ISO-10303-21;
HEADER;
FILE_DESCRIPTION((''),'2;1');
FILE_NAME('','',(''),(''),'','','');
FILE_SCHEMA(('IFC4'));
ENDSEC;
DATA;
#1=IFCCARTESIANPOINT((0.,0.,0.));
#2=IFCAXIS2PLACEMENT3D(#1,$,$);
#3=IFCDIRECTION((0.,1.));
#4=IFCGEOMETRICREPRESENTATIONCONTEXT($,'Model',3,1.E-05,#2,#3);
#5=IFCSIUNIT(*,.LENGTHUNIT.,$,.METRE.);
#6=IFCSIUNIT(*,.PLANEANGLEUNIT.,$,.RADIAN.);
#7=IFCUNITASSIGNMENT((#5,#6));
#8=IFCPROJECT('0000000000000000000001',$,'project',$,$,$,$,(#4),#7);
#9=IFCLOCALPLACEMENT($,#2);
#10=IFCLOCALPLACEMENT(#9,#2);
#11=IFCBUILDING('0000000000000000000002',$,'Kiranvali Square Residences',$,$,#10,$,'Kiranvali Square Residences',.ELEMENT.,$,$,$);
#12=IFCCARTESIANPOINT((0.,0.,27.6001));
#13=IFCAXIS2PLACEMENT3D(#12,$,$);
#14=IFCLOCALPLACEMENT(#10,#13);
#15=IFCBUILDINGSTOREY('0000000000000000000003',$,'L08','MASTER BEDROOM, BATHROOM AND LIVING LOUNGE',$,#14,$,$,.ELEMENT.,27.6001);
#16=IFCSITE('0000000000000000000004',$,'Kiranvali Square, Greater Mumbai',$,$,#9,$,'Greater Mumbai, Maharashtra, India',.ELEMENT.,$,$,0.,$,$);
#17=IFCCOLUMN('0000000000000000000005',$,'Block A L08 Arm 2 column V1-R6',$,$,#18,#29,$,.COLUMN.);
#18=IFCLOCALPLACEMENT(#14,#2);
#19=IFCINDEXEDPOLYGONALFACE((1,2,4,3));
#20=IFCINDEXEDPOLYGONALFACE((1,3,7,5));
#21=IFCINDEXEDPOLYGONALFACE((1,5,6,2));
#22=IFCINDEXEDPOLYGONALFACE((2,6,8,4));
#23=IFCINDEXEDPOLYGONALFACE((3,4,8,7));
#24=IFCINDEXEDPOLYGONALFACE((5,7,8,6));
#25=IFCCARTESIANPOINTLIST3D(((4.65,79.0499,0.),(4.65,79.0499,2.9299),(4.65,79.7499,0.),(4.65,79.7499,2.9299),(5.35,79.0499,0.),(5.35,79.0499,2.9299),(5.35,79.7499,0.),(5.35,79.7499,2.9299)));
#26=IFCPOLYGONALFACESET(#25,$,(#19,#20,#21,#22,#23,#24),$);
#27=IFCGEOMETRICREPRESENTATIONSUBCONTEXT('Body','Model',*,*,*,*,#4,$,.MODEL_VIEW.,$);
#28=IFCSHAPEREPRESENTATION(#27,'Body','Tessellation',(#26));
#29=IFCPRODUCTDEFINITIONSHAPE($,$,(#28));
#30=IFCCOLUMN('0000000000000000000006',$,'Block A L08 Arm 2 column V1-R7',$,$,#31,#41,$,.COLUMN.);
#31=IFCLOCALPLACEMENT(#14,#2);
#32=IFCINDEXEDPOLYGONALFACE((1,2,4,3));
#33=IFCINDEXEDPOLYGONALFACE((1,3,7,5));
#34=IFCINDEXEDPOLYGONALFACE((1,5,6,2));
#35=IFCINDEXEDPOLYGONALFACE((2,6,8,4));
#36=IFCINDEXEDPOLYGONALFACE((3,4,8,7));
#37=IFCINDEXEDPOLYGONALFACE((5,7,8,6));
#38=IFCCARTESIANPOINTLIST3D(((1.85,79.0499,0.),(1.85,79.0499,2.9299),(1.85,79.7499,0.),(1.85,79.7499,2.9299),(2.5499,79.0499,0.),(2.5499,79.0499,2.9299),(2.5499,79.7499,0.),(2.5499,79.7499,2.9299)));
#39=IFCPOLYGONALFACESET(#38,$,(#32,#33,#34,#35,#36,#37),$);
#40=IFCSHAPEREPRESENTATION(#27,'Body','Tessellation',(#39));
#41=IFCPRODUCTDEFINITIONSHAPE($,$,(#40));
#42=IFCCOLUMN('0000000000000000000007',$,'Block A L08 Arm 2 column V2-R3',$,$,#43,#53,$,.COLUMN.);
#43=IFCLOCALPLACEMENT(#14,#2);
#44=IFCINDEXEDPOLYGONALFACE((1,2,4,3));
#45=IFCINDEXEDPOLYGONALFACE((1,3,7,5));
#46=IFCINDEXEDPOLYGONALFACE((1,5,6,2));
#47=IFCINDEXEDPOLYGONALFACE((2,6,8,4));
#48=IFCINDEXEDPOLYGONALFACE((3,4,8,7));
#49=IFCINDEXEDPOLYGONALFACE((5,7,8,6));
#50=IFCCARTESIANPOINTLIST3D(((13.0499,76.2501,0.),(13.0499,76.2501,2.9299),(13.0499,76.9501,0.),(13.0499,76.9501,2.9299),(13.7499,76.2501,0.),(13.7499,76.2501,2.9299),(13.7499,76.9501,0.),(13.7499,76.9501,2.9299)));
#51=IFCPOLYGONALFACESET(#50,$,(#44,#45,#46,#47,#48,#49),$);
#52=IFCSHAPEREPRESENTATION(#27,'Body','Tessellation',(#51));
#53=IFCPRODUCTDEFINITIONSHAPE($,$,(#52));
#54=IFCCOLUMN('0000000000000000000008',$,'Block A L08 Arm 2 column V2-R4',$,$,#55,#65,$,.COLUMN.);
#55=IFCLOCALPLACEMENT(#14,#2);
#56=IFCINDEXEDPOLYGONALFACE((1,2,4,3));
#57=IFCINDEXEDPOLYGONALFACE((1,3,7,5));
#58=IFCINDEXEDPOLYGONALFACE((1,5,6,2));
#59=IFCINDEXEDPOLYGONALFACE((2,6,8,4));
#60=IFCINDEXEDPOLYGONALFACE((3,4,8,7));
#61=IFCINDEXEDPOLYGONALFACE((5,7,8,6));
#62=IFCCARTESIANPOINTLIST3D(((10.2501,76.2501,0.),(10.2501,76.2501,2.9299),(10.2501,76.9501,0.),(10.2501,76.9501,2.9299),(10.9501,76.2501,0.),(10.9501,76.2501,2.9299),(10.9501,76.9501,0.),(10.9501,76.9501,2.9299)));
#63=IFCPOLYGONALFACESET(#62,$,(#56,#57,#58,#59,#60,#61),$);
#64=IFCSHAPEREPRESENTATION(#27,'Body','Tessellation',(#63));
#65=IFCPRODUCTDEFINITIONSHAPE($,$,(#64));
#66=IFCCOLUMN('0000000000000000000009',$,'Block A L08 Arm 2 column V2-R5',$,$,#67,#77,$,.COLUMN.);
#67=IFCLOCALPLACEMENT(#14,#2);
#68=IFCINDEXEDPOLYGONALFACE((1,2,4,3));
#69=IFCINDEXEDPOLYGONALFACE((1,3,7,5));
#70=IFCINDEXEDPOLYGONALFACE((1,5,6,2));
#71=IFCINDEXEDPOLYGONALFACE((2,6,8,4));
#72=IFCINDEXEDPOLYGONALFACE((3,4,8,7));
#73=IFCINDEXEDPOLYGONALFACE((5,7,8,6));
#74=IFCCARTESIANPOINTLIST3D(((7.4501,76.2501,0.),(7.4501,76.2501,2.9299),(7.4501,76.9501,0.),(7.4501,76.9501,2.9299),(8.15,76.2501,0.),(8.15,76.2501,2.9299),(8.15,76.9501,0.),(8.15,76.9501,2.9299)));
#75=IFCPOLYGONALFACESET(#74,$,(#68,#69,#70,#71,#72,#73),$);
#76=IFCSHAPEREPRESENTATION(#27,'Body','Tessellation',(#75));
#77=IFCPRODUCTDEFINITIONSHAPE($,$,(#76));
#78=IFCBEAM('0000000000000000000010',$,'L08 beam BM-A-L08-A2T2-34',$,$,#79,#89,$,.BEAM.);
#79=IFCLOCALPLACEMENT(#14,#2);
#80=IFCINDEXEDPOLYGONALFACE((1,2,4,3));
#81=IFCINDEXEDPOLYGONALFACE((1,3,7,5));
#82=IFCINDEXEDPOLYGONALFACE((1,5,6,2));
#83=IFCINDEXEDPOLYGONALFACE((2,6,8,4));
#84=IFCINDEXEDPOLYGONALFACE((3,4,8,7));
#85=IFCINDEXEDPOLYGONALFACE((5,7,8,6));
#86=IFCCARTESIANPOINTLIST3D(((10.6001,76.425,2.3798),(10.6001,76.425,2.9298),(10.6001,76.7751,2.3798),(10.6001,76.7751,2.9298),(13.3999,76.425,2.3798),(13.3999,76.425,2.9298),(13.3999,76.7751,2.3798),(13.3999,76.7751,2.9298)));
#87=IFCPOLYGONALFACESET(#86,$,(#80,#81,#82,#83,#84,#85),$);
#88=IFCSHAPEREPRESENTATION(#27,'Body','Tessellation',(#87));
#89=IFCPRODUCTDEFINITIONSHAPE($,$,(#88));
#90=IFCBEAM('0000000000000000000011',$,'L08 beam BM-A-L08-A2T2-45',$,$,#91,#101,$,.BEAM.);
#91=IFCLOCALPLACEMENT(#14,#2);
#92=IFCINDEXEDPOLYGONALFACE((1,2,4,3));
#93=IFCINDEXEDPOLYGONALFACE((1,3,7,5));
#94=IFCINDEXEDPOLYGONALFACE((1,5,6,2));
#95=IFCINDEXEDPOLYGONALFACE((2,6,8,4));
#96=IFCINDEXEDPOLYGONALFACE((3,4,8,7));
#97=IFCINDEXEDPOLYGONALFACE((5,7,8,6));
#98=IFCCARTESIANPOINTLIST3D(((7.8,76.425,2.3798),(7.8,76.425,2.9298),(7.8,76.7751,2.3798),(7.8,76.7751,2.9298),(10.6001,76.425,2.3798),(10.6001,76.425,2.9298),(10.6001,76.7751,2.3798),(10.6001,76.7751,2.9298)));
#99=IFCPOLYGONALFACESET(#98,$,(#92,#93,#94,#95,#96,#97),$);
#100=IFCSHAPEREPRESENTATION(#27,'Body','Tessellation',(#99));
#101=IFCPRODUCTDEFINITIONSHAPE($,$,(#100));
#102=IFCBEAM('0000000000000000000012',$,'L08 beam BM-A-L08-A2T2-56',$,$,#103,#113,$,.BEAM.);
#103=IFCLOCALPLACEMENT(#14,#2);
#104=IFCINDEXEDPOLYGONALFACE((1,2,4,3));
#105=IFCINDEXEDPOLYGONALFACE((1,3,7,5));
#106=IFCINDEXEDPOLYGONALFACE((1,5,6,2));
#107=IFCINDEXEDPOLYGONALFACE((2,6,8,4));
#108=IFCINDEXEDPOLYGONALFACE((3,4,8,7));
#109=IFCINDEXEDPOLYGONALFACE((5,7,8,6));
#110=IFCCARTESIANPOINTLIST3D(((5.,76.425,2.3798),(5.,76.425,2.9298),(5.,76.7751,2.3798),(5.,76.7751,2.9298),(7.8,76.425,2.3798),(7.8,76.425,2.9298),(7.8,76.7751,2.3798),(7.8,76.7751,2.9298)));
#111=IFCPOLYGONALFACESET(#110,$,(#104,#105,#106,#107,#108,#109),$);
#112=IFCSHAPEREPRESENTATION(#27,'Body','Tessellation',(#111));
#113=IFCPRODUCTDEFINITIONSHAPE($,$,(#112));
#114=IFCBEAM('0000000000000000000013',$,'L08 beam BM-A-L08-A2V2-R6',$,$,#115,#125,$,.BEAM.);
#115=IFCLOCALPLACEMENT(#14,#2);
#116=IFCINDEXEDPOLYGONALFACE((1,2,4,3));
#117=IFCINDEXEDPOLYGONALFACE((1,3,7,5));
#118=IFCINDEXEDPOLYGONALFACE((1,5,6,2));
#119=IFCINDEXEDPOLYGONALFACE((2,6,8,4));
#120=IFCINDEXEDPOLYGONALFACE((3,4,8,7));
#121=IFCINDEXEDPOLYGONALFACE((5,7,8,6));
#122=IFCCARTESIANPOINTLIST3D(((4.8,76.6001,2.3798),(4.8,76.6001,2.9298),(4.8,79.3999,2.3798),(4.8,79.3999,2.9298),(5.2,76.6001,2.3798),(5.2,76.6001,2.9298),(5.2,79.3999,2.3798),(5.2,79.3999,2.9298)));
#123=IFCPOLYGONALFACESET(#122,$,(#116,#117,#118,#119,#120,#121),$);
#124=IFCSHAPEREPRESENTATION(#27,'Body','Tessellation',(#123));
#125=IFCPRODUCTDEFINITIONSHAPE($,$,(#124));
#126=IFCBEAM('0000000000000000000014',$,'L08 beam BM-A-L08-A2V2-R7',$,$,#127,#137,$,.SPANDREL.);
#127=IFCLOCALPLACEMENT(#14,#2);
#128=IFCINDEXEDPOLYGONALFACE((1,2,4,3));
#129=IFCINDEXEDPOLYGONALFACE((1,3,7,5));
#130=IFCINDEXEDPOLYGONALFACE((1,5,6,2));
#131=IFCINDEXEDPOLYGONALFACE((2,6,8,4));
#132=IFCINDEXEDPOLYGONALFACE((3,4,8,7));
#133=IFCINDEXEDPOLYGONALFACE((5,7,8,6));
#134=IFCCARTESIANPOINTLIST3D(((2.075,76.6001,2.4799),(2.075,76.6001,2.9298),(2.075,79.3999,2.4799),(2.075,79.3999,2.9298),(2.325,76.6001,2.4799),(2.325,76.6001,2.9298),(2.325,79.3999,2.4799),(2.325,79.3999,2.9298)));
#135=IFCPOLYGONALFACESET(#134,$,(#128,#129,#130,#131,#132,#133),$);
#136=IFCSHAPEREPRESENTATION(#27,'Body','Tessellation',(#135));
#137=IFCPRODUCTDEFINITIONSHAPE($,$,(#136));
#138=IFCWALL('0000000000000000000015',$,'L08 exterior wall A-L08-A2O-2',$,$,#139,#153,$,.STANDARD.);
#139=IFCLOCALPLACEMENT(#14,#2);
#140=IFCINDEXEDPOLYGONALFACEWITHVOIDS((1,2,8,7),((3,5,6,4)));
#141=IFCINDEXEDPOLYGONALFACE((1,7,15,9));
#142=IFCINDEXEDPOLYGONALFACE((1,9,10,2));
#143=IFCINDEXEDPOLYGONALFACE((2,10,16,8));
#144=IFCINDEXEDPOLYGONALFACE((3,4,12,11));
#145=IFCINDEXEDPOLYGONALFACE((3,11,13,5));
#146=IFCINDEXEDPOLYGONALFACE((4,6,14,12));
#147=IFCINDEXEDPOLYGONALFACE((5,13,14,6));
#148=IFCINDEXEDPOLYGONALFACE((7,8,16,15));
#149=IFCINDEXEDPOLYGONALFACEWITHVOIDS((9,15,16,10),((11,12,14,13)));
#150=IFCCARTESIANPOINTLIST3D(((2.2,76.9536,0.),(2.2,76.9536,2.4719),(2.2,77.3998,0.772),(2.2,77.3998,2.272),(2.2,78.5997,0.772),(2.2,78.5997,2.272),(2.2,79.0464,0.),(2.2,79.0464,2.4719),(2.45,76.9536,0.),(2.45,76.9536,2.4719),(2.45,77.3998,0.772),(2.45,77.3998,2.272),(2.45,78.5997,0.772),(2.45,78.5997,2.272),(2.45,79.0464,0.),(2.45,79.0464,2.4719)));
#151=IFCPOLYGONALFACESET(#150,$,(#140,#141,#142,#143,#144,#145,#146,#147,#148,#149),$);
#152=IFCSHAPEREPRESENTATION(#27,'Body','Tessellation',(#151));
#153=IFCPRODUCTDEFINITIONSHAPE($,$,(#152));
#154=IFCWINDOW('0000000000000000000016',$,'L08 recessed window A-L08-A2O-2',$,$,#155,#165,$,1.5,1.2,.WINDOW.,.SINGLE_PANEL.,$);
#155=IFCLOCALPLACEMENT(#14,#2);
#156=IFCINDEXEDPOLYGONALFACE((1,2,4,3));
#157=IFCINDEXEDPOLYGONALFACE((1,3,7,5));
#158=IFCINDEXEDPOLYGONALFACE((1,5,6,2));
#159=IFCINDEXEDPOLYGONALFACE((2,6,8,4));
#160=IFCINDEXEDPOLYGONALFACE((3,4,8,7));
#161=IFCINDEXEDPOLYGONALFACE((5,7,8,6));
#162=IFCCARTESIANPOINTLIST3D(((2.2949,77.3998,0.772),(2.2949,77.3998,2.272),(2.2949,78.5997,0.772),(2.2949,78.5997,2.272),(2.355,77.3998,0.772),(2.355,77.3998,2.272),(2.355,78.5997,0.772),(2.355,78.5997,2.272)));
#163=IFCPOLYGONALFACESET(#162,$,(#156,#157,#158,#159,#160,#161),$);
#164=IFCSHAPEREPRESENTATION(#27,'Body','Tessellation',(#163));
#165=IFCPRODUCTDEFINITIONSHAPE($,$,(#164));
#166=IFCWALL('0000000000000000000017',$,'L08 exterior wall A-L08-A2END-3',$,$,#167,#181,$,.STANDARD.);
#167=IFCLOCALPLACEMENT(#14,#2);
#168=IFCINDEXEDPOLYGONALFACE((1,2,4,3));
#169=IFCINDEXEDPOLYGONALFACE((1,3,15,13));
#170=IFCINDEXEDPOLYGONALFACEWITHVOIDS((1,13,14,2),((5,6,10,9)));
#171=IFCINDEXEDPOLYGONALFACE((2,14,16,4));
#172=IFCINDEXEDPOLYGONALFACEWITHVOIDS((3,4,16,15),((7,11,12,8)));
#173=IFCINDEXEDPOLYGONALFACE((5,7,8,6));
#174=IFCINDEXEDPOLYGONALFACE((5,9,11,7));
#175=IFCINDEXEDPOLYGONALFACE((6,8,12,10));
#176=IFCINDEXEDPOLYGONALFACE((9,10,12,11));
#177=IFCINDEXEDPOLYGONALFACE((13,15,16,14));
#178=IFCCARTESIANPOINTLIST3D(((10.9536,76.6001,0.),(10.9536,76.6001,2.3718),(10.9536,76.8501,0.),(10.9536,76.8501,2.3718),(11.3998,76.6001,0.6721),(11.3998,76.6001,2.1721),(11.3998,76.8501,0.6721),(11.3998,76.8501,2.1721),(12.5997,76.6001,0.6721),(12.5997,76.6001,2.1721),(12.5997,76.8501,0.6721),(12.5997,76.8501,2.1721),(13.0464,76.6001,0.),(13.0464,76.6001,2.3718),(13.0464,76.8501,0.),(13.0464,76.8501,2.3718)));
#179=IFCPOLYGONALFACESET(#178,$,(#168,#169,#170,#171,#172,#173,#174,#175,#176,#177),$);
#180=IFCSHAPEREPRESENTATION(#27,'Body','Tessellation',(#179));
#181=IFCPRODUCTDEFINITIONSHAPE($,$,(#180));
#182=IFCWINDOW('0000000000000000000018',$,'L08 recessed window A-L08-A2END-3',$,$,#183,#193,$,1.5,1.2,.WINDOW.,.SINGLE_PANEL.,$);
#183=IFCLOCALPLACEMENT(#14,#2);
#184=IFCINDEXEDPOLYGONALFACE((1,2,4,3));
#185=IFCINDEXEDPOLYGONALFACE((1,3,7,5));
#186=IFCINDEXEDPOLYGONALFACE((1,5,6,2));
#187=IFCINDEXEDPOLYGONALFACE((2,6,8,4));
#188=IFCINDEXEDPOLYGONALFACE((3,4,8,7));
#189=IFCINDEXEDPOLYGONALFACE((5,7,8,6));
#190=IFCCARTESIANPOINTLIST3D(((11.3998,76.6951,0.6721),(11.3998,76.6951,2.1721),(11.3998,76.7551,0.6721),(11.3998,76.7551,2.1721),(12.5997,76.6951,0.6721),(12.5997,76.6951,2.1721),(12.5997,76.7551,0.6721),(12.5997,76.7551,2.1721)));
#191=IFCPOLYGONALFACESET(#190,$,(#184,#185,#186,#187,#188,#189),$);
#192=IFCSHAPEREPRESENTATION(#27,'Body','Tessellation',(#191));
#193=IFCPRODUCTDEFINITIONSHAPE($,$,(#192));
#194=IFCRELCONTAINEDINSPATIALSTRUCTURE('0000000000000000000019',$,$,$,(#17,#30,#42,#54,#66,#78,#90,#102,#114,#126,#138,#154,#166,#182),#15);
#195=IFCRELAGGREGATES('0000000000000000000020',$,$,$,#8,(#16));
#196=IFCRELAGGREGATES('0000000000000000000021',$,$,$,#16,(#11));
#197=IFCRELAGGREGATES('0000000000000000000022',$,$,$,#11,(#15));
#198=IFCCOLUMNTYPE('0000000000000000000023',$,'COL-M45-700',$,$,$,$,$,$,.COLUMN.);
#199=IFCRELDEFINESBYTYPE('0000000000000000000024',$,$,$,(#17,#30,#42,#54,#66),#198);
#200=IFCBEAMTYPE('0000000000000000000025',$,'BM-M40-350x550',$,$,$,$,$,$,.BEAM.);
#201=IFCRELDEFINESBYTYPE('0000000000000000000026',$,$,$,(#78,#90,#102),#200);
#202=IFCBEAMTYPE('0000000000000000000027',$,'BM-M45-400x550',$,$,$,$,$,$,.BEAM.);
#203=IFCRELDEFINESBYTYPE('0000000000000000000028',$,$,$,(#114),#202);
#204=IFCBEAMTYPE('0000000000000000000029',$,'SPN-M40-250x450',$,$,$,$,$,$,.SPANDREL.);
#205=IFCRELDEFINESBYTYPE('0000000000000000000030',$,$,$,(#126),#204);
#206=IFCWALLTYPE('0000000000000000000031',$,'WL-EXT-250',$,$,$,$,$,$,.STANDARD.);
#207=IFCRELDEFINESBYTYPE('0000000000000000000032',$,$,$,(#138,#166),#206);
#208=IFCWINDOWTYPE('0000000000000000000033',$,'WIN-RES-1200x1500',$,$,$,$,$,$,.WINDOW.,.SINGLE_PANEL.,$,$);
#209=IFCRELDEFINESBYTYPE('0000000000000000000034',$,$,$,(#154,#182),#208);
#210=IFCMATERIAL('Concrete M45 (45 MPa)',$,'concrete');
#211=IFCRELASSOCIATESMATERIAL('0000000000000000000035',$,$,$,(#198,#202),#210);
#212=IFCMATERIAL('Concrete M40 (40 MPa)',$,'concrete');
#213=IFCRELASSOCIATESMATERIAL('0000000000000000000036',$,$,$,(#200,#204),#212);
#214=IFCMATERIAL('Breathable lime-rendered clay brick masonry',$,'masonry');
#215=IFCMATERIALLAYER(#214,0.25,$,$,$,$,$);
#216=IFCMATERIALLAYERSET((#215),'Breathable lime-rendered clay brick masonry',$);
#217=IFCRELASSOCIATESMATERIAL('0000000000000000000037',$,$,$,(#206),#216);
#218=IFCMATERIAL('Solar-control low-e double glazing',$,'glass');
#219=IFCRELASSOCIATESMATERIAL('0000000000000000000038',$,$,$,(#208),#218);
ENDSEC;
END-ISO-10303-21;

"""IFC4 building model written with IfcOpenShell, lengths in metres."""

from ifc_helpers import new_model, si_unit, direction, frame, frame_2d, origin, origin_2d, place, context, subcontext, project, spatial, rectangle, extrude, material, layer, layer_set, material_profile, profile_set, type_object, element, fill, save


model = new_model("IFC4")

# Units and contexts
model_context = context("Model", 3, precision=1e-05, world=origin(), true_north=direction((0.0, 1.0)))
body_context = subcontext(model_context, "Body", "Model", "MODEL_VIEW")
ifc_project = project(units=[si_unit("LENGTHUNIT", "METRE"), si_unit("PLANEANGLEUNIT", "RADIAN")], contexts=[model_context])

# Site, building, storey
site_placement = place(None, origin())
site = spatial("IfcSite", under=ifc_project, at=site_placement, Name="Kiranvali Square, Greater Mumbai", LongName="Greater Mumbai, Maharashtra, India", CompositionType="ELEMENT", RefElevation=0.0)
building_placement = place(site_placement, origin())
building = spatial("IfcBuilding", under=site, at=building_placement, Name="Kiranvali Square Residences", LongName="Kiranvali Square Residences", CompositionType="ELEMENT")
storey_placement = place(building_placement, frame((0.0, 0.0, 27.6001)))
storey = spatial("IfcBuildingStorey", under=building, at=storey_placement, Name="L08", Description="MASTER BEDROOM, BATHROOM AND LIVING LOUNGE", CompositionType="ELEMENT", Elevation=27.6001)

# Columns
ifc_material_1 = material(Name="Concrete M45 (45 MPa)", Category="concrete")
ifc_material_profile_1 = material_profile(ifc_material_1, rectangle(XDim=0.7, YDim=0.7, at=origin_2d()), Name="RC 700x700")
ifc_profile_set_1 = profile_set([ifc_material_profile_1], Name="Concrete M45 (45 MPa)")
column_type = type_object("IfcColumnType", Name="COL-M45-700", PredefinedType="COLUMN", material=ifc_profile_set_1)
for number, where, z_axis, x_axis, name in (
    (1, (5.0, 79.3999, 0.0), (0.0, 0.0, 1.0), (1.0, 0.0, 0.0), "Block A L08 Arm 2 column V1-R6"),
    (2, (2.2, 79.3999, 0.0), (0.0, 0.0, 1.0), (1.0, 0.0, 0.0), "Block A L08 Arm 2 column V1-R7"),
    (3, (13.3999, 76.6001, 0.0), (0.0, 0.0, 1.0), (1.0, 0.0, 0.0), "Block A L08 Arm 2 column V2-R3"),
    (4, (10.6001, 76.6001, 0.0), (0.0, 0.0, 1.0), (1.0, 0.0, 0.0), "Block A L08 Arm 2 column V2-R4"),
    (5, (7.8, 76.6001, 0.0), (0.0, 0.0, 1.0), (1.0, 0.0, 0.0), "Block A L08 Arm 2 column V2-R5"),
):
    element("IfcColumn", number, at=place(storey_placement, frame(where, z_axis=z_axis, x_axis=x_axis)), inside=storey, type_object=column_type, Name=name, PredefinedType="COLUMN", context=body_context, shape_type="SweptSolid", body=[
        extrude(rectangle(XDim=0.7, YDim=0.7, at=origin_2d()), origin(), (0.0, 0.0, 1.0), 2.9299),
    ])

# Beams
ifc_material_2 = material(Name="Concrete M40 (40 MPa)", Category="concrete")
ifc_material_profile_2 = material_profile(ifc_material_2, rectangle(XDim=0.3501, YDim=0.55, at=origin_2d()), Name="RC 350x550")
ifc_profile_set_2 = profile_set([ifc_material_profile_2], Name="Concrete M40 (40 MPa)")
beam_type_1 = type_object("IfcBeamType", Name="BM-M40-350x550", PredefinedType="BEAM", material=ifc_profile_set_2)
beam_1_placement = place(storey_placement, frame((13.3999, 76.6001, 2.6548), z_axis=(-1.0, 0.0, 0.0), x_axis=(0.0, -1.0, 0.0)))
element("IfcBeam", 6, at=beam_1_placement, inside=storey, type_object=beam_type_1, Name="L08 beam BM-A-L08-A2T2-34", PredefinedType="BEAM", context=body_context, shape_type="SweptSolid", body=[
    extrude(rectangle(XDim=0.3501, YDim=0.55, at=origin_2d()), origin(), (0.0, 0.0, 1.0), 2.7998),
])
for number, where, z_axis, x_axis, name in (
    (7, (10.6001, 76.6001, 2.6548), (-1.0, 0.0, 0.0), (0.0, -1.0, 0.0), "L08 beam BM-A-L08-A2T2-45"),
    (8, (7.8, 76.6001, 2.6548), (-1.0, 0.0, 0.0), (0.0, -1.0, 0.0), "L08 beam BM-A-L08-A2T2-56"),
):
    element("IfcBeam", number, at=place(storey_placement, frame(where, z_axis=z_axis, x_axis=x_axis)), inside=storey, type_object=beam_type_1, Name=name, PredefinedType="BEAM", context=body_context, shape_type="SweptSolid", body=[
        extrude(rectangle(XDim=0.3501, YDim=0.55, at=origin_2d()), origin(), (0.0, 0.0, 1.0), 2.8),
    ])
ifc_material_profile_3 = material_profile(ifc_material_1, rectangle(XDim=0.3999, YDim=0.55, at=origin_2d()), Name="RC 400x550")
ifc_profile_set_3 = profile_set([ifc_material_profile_3], Name="Concrete M45 (45 MPa)")
beam_type_2 = type_object("IfcBeamType", Name="BM-M45-400x550", PredefinedType="BEAM", material=ifc_profile_set_3)
beam_2_placement = place(storey_placement, frame((5.0, 79.3999, 2.6548), z_axis=(0.0, -1.0, 0.0), x_axis=(1.0, 0.0, 0.0)))
element("IfcBeam", 9, at=beam_2_placement, inside=storey, type_object=beam_type_2, Name="L08 beam BM-A-L08-A2V2-R6", PredefinedType="BEAM", context=body_context, shape_type="SweptSolid", body=[
    extrude(rectangle(XDim=0.3999, YDim=0.55, at=origin_2d()), origin(), (0.0, 0.0, 1.0), 2.7998),
])
ifc_material_profile_4 = material_profile(ifc_material_2, rectangle(XDim=0.25, YDim=0.45, at=origin_2d()), Name="RC 250x450")
ifc_profile_set_4 = profile_set([ifc_material_profile_4], Name="Concrete M40 (40 MPa)")
beam_type_3 = type_object("IfcBeamType", Name="SPN-M40-250x450", PredefinedType="SPANDREL", material=ifc_profile_set_4)
beam_3_placement = place(storey_placement, frame((2.2, 79.3999, 2.7048), z_axis=(0.0, -1.0, 0.0), x_axis=(1.0, 0.0, 0.0)))
element("IfcBeam", 10, at=beam_3_placement, inside=storey, type_object=beam_type_3, Name="L08 beam BM-A-L08-A2V2-R7", PredefinedType="SPANDREL", context=body_context, shape_type="SweptSolid", body=[
    extrude(rectangle(XDim=0.25, YDim=0.45, at=origin_2d()), origin(), (0.0, 0.0, 1.0), 2.7998),
])

# Wall, opening, window
ifc_material_3 = material(Name="Breathable lime-rendered clay brick masonry", Category="masonry")
ifc_layer_1 = layer(ifc_material_3, 0.25)
ifc_layer_set_1 = layer_set([ifc_layer_1], Name="Breathable lime-rendered clay brick masonry")
wall_type_1 = type_object("IfcWallType", Name="WL-EXT-250", PredefinedType="STANDARD", material=ifc_layer_set_1)
wall_1_placement = place(storey_placement, frame((2.325, 79.0464, 0.0), z_axis=(0.0, 0.0, 1.0), x_axis=(0.0, -1.0, 0.0)))
wall_1 = element("IfcWall", 11, at=wall_1_placement, inside=storey, type_object=wall_type_1, Name="L08 exterior wall A-L08-A2O-2", PredefinedType="STANDARD", context=body_context, shape_type="SweptSolid", body=[
    extrude(rectangle(XDim=2.0928, YDim=0.25, at=frame_2d((1.0464, 0.0))), origin(), (0.0, 0.0, 1.0), 2.4719),
])
opening_1_placement = place(wall_1_placement, frame((0.4465, 0.0, 0.772)))
opening_1 = element("IfcOpeningElement", 12, at=opening_1_placement, cuts=wall_1, PredefinedType="OPENING", context=body_context, shape_type="SweptSolid", body=[
    extrude(rectangle(XDim=1.2, YDim=1.5, at=frame_2d((0.6001, 0.75))), frame((0.0, 0.135, 0.0), z_axis=(0.0, -1.0, 0.0), x_axis=(1.0, 0.0, 0.0)), (0.0, 0.0, 1.0), 0.27),
])
ifc_material_4 = material(Name="Solar-control low-e double glazing", Category="glass")
window_type = type_object("IfcWindowType", Name="WIN-RES-1200x1500", PartitioningType="SINGLE_PANEL", PredefinedType="WINDOW", material=ifc_material_4)
window_1_placement = place(opening_1_placement, origin())
window_1 = element("IfcWindow", 13, at=window_1_placement, inside=storey, type_object=window_type, Name="L08 recessed window A-L08-A2O-2", OverallHeight=1.5, OverallWidth=1.2, PartitioningType="SINGLE_PANEL", PredefinedType="WINDOW", context=body_context, shape_type="SweptSolid", body=[
    extrude(rectangle(XDim=1.2, YDim=1.5, at=frame_2d((0.6001, 0.75))), frame((0.0, 0.03, 0.0), z_axis=(0.0, -1.0, 0.0), x_axis=(1.0, 0.0, 0.0)), (0.0, 0.0, 1.0), 0.0601),
])
fill(opening_1, window_1)

# Wall, opening, window
wall_2_placement = place(storey_placement, frame((13.0464, 76.7251, 0.0), z_axis=(0.0, 0.0, 1.0), x_axis=(-1.0, 0.0, 0.0)))
wall_2 = element("IfcWall", 14, at=wall_2_placement, inside=storey, type_object=wall_type_1, Name="L08 exterior wall A-L08-A2END-3", PredefinedType="STANDARD", context=body_context, shape_type="SweptSolid", body=[
    extrude(rectangle(XDim=2.0928, YDim=0.25, at=frame_2d((1.0464, 0.0))), origin(), (0.0, 0.0, 1.0), 2.3718),
])
opening_2_placement = place(wall_2_placement, frame((0.4465, 0.0, 0.6721)))
opening_2 = element("IfcOpeningElement", 15, at=opening_2_placement, cuts=wall_2, PredefinedType="OPENING", context=body_context, shape_type="SweptSolid", body=[
    extrude(rectangle(XDim=1.2, YDim=1.5, at=frame_2d((0.6001, 0.75))), frame((0.0, 0.135, 0.0), z_axis=(0.0, -1.0, 0.0), x_axis=(1.0, 0.0, 0.0)), (0.0, 0.0, 1.0), 0.27),
])
window_2_placement = place(opening_2_placement, origin())
window_2 = element("IfcWindow", 16, at=window_2_placement, inside=storey, type_object=window_type, Name="L08 recessed window A-L08-A2END-3", OverallHeight=1.5, OverallWidth=1.2, PartitioningType="SINGLE_PANEL", PredefinedType="WINDOW", context=body_context, shape_type="SweptSolid", body=[
    extrude(rectangle(XDim=1.2, YDim=1.5, at=frame_2d((0.6001, 0.75))), frame((0.0, 0.03, 0.0), z_axis=(0.0, -1.0, 0.0), x_axis=(1.0, 0.0, 0.0)), (0.0, 0.0, 1.0), 0.0601),
])
fill(opening_2, window_2)

save(model, "model.ifc")
